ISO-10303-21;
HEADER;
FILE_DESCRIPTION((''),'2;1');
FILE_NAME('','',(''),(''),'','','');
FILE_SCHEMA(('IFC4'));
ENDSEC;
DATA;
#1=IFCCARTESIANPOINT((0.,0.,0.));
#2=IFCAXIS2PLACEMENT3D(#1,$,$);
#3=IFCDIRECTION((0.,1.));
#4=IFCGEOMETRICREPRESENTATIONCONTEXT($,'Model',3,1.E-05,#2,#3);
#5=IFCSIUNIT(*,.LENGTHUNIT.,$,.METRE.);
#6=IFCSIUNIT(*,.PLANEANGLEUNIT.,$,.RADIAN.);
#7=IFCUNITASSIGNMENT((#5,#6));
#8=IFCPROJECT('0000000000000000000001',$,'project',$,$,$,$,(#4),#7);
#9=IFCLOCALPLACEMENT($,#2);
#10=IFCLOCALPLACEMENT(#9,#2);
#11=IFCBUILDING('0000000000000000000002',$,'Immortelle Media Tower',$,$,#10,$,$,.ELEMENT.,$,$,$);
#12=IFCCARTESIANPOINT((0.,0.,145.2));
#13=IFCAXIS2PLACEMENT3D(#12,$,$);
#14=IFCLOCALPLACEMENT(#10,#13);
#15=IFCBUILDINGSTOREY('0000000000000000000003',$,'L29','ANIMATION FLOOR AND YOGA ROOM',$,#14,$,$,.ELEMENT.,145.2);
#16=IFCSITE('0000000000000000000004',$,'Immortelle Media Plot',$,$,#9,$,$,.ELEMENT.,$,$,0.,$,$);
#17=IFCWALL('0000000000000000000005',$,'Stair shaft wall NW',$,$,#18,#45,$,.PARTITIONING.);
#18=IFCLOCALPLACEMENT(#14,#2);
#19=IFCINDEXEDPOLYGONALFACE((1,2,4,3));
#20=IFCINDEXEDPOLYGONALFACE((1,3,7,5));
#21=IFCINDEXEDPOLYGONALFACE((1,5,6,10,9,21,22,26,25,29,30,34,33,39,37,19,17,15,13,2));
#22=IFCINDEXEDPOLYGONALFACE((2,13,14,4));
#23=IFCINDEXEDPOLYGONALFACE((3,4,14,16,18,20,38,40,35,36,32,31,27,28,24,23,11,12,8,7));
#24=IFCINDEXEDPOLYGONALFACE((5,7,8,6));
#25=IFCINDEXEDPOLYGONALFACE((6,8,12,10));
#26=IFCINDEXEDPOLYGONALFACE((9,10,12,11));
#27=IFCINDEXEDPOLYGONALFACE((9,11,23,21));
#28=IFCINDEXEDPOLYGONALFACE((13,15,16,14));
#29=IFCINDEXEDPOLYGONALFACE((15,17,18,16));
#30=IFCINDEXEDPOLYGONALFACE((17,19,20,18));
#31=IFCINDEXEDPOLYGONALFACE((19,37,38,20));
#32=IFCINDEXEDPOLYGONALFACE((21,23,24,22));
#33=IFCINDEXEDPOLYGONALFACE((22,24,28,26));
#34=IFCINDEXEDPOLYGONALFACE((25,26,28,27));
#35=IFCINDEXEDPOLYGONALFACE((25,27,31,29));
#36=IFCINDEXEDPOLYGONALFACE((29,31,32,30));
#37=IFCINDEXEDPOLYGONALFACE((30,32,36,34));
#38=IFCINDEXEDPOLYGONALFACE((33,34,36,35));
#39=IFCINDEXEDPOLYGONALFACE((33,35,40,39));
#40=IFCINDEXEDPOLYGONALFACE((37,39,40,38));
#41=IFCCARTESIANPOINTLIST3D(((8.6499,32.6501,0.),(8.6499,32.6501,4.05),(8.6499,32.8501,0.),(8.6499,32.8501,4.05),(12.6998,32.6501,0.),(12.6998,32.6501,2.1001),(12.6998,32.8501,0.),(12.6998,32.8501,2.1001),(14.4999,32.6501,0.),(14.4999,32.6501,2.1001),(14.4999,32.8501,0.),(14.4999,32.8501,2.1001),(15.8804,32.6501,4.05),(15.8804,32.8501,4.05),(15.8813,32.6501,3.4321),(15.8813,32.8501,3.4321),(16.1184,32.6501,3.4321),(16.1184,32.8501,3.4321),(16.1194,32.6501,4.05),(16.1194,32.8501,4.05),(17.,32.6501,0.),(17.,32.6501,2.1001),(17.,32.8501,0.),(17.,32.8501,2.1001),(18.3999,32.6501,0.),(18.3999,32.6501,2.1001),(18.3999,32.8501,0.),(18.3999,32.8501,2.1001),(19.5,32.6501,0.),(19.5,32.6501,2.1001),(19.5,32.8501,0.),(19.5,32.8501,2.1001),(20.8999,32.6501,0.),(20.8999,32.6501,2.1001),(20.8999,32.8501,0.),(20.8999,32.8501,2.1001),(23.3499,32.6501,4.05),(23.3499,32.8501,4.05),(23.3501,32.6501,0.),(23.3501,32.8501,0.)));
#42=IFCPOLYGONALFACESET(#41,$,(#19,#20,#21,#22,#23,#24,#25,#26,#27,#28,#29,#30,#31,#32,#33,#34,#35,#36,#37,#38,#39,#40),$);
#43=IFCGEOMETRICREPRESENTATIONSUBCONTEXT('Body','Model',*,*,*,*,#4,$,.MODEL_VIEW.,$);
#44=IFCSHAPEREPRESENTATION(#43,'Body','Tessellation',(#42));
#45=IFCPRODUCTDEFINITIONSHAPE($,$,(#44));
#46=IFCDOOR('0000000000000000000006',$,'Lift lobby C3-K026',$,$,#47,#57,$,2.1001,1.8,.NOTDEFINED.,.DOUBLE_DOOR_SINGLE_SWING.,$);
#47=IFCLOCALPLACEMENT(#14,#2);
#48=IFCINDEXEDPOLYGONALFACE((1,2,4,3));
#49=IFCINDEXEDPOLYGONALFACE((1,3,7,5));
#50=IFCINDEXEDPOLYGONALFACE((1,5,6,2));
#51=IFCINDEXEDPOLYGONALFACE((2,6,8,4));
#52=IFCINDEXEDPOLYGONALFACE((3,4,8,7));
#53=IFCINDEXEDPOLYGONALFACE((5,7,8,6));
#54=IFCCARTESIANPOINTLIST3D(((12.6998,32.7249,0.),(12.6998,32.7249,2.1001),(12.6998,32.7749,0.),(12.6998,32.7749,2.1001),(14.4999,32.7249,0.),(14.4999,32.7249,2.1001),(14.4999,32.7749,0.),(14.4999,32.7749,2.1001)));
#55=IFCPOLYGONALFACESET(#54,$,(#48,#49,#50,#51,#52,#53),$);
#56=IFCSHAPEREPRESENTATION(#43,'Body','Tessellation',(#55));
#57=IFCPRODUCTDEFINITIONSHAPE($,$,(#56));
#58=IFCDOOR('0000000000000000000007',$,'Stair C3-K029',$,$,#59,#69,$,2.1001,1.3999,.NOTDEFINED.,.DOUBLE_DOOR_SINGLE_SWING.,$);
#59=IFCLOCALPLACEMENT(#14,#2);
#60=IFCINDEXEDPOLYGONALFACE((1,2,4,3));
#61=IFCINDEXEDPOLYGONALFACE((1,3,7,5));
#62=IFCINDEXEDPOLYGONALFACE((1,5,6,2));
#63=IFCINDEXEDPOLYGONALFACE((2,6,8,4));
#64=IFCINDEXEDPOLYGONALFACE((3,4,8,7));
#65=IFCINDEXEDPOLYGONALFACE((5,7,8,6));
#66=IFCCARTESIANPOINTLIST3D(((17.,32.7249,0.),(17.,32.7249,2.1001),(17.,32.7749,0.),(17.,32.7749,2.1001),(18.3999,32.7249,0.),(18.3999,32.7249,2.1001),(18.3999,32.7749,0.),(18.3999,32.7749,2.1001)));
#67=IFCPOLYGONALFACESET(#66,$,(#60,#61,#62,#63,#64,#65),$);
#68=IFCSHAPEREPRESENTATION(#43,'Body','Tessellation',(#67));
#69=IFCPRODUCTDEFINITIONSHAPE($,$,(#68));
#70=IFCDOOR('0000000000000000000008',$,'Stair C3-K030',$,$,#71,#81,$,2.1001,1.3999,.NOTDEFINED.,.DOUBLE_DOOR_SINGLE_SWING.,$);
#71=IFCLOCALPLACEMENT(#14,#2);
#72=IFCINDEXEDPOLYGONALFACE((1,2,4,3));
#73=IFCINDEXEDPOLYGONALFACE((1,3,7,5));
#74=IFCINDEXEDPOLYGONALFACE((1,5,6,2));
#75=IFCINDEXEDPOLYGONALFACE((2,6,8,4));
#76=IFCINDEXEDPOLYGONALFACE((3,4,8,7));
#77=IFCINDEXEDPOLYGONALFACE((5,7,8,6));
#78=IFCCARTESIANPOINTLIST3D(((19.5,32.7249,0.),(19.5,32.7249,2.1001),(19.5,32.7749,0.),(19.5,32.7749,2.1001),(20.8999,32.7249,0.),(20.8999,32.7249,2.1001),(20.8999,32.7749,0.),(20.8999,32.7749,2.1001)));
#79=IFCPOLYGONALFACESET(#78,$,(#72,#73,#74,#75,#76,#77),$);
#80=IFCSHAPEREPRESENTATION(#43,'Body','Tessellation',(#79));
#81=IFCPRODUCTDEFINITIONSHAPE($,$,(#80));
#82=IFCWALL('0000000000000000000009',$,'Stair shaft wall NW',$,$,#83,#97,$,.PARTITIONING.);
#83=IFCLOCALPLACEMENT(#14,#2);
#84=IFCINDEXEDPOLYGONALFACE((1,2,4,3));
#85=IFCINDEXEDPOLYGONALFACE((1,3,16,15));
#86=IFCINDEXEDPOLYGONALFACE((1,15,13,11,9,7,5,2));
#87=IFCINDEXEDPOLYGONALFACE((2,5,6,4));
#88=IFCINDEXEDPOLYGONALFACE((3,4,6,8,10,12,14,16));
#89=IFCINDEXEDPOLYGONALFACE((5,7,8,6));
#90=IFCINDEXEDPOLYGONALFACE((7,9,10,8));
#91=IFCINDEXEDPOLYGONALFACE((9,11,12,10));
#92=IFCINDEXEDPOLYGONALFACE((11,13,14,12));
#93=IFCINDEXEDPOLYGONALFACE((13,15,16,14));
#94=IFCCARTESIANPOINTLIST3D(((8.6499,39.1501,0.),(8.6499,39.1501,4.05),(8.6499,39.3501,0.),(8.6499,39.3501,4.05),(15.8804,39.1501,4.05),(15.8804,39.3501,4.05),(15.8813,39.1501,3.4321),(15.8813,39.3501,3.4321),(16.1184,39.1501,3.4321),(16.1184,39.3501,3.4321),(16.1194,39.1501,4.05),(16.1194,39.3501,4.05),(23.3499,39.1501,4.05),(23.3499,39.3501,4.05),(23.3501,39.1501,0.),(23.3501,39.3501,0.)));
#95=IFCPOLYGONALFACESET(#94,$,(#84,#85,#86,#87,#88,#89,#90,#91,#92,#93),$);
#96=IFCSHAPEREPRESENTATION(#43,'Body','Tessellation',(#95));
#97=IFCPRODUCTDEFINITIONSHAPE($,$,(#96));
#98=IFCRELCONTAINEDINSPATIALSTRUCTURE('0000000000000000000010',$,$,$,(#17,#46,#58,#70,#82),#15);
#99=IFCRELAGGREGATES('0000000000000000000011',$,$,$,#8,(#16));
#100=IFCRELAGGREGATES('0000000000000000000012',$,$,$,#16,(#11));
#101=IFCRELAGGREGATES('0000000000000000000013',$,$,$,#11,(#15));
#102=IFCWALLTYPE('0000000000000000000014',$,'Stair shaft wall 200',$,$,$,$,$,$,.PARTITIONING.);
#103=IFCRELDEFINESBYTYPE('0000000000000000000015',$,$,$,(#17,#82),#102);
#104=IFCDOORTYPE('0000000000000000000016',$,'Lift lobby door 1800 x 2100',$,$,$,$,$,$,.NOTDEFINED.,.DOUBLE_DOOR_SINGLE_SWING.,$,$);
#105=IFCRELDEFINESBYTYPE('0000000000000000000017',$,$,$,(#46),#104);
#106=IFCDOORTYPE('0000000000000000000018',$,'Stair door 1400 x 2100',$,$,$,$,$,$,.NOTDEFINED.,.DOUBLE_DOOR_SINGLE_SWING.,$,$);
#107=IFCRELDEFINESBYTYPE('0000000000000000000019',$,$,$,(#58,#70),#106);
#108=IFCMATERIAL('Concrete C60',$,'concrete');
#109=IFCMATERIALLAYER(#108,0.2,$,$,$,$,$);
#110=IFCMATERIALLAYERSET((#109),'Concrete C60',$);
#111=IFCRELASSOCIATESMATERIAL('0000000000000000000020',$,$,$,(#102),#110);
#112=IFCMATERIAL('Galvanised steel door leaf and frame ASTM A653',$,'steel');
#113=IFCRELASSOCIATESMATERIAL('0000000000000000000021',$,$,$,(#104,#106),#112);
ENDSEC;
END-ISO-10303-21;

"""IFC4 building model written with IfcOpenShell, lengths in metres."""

from ifc_helpers import new_model, si_unit, direction, frame, frame_2d, origin, place, context, subcontext, project, spatial, polyline, rectangle, outline, extrude, material, layer, layer_set, type_object, element, fill, save


model = new_model("IFC4")

# Units and contexts
model_context = context("Model", 3, precision=1e-05, world=origin(), true_north=direction((0.0, 1.0)))
body_context = subcontext(model_context, "Body", "Model", "MODEL_VIEW")
ifc_project = project(units=[si_unit("LENGTHUNIT", "METRE"), si_unit("PLANEANGLEUNIT", "RADIAN")], contexts=[model_context])

# Site, building, storey
site_placement = place(None, origin())
site = spatial("IfcSite", under=ifc_project, at=site_placement, Name="Immortelle Media Plot", CompositionType="ELEMENT", RefElevation=0.0)
building_placement = place(site_placement, origin())
building = spatial("IfcBuilding", under=site, at=building_placement, Name="Immortelle Media Tower", CompositionType="ELEMENT")
storey_placement = place(building_placement, frame((0.0, 0.0, 145.2)))
storey = spatial("IfcBuildingStorey", under=building, at=storey_placement, Name="L29", Description="ANIMATION FLOOR AND YOGA ROOM", CompositionType="ELEMENT", Elevation=145.2)

# Shared definitions
ifc_material_1 = material(Name="Galvanised steel door leaf and frame ASTM A653", Category="steel")

# Wall, openings, doors
ifc_material_2 = material(Name="Concrete C60", Category="concrete")
ifc_layer_1 = layer(ifc_material_2, 0.2)
ifc_layer_set_1 = layer_set([ifc_layer_1], Name="Concrete C60")
wall_type_1 = type_object("IfcWallType", Name="Stair shaft wall 200", PredefinedType="PARTITIONING", material=ifc_layer_set_1)
wall_1_placement = place(storey_placement, frame((8.6499, 32.75, 0.0), z_axis=(0.0, 0.0, 1.0), x_axis=(1.0, 0.0, 0.0)))
wall_1 = element("IfcWall", 1, at=wall_1_placement, inside=storey, type_object=wall_type_1, Name="Stair shaft wall NW", PredefinedType="PARTITIONING", context=body_context, shape_type="SweptSolid", body=[
    extrude(outline(polyline([(0.0, 0.0), (14.7002, 0.0), (14.7, 4.05), (7.4695, 4.05), (7.4685, 3.4321), (7.2314, 3.4321), (7.2305, 4.05), (0.0, 4.05), (0.0, 0.0)])), frame((0.0, 0.1001, 0.0), z_axis=(0.0, -1.0, 0.0), x_axis=(1.0, 0.0, 0.0)), (0.0, 0.0, 1.0), 0.2),
])
opening_1_placement = place(wall_1_placement, frame((4.05, 0.0, 0.0)))
opening_1 = element("IfcOpeningElement", 2, at=opening_1_placement, cuts=wall_1, PredefinedType="OPENING", context=body_context, shape_type="SweptSolid", body=[
    extrude(rectangle(XDim=1.8, YDim=2.1001, at=frame_2d((0.8999, 1.05))), frame((0.0, 0.1099, 0.0), z_axis=(0.0, -1.0, 0.0), x_axis=(1.0, 0.0, 0.0)), (0.0, 0.0, 1.0), 0.22),
])
opening_2_placement = place(wall_1_placement, frame((8.3501, 0.0, 0.0)))
opening_2 = element("IfcOpeningElement", 3, at=opening_2_placement, cuts=wall_1, PredefinedType="OPENING", context=body_context, shape_type="SweptSolid", body=[
    extrude(rectangle(XDim=1.3999, YDim=2.1001, at=frame_2d((0.7, 1.05))), frame((0.0, 0.1099, 0.0), z_axis=(0.0, -1.0, 0.0), x_axis=(1.0, 0.0, 0.0)), (0.0, 0.0, 1.0), 0.22),
])
opening_3_placement = place(wall_1_placement, frame((10.8501, 0.0, 0.0)))
opening_3 = element("IfcOpeningElement", 4, at=opening_3_placement, cuts=wall_1, PredefinedType="OPENING", context=body_context, shape_type="SweptSolid", body=[
    extrude(rectangle(XDim=1.3999, YDim=2.1001, at=frame_2d((0.7, 1.05))), frame((0.0, 0.1099, 0.0), z_axis=(0.0, -1.0, 0.0), x_axis=(1.0, 0.0, 0.0)), (0.0, 0.0, 1.0), 0.22),
])
door_type_1 = type_object("IfcDoorType", Name="Lift lobby door 1800 x 2100", OperationType="DOUBLE_DOOR_SINGLE_SWING", PredefinedType="NOTDEFINED", material=ifc_material_1)
door_1_placement = place(opening_1_placement, origin())
door_1 = element("IfcDoor", 5, at=door_1_placement, inside=storey, type_object=door_type_1, Name="Lift lobby C3-K026", OperationType="DOUBLE_DOOR_SINGLE_SWING", OverallHeight=2.1001, OverallWidth=1.8, PredefinedType="NOTDEFINED", context=body_context, shape_type="SweptSolid", body=[
    extrude(rectangle(XDim=1.8, YDim=2.1001, at=frame_2d((0.8999, 1.05))), frame((0.0, 0.0249, 0.0), z_axis=(0.0, -1.0, 0.0), x_axis=(1.0, 0.0, 0.0)), (0.0, 0.0, 1.0), 0.05),
])
fill(opening_1, door_1)
door_type_2 = type_object("IfcDoorType", Name="Stair door 1400 x 2100", OperationType="DOUBLE_DOOR_SINGLE_SWING", PredefinedType="NOTDEFINED", material=ifc_material_1)
door_2_placement = place(opening_2_placement, origin())
door_2 = element("IfcDoor", 6, at=door_2_placement, inside=storey, type_object=door_type_2, Name="Stair C3-K029", OperationType="DOUBLE_DOOR_SINGLE_SWING", OverallHeight=2.1001, OverallWidth=1.3999, PredefinedType="NOTDEFINED", context=body_context, shape_type="SweptSolid", body=[
    extrude(rectangle(XDim=1.3999, YDim=2.1001, at=frame_2d((0.7, 1.05))), frame((0.0, 0.0249, 0.0), z_axis=(0.0, -1.0, 0.0), x_axis=(1.0, 0.0, 0.0)), (0.0, 0.0, 1.0), 0.05),
])
fill(opening_2, door_2)
door_3_placement = place(opening_3_placement, origin())
door_3 = element("IfcDoor", 7, at=door_3_placement, inside=storey, type_object=door_type_2, Name="Stair C3-K030", OperationType="DOUBLE_DOOR_SINGLE_SWING", OverallHeight=2.1001, OverallWidth=1.3999, PredefinedType="NOTDEFINED", context=body_context, shape_type="SweptSolid", body=[
    extrude(rectangle(XDim=1.3999, YDim=2.1001, at=frame_2d((0.7, 1.05))), frame((0.0, 0.0249, 0.0), z_axis=(0.0, -1.0, 0.0), x_axis=(1.0, 0.0, 0.0)), (0.0, 0.0, 1.0), 0.05),
])
fill(opening_3, door_3)

# Wall
wall_2_placement = place(storey_placement, frame((8.6499, 39.25, 0.0), z_axis=(0.0, 0.0, 1.0), x_axis=(1.0, 0.0, 0.0)))
element("IfcWall", 8, at=wall_2_placement, inside=storey, type_object=wall_type_1, Name="Stair shaft wall NW", PredefinedType="PARTITIONING", context=body_context, shape_type="SweptSolid", body=[
    extrude(outline(polyline([(0.0, 0.0), (14.7002, 0.0), (14.7, 4.05), (7.4695, 4.05), (7.4685, 3.4321), (7.2314, 3.4321), (7.2305, 4.05), (0.0, 4.05), (0.0, 0.0)])), frame((0.0, 0.1001, 0.0), z_axis=(0.0, -1.0, 0.0), x_axis=(1.0, 0.0, 0.0)), (0.0, 0.0, 1.0), 0.2),
])

save(model, "model.ifc")
